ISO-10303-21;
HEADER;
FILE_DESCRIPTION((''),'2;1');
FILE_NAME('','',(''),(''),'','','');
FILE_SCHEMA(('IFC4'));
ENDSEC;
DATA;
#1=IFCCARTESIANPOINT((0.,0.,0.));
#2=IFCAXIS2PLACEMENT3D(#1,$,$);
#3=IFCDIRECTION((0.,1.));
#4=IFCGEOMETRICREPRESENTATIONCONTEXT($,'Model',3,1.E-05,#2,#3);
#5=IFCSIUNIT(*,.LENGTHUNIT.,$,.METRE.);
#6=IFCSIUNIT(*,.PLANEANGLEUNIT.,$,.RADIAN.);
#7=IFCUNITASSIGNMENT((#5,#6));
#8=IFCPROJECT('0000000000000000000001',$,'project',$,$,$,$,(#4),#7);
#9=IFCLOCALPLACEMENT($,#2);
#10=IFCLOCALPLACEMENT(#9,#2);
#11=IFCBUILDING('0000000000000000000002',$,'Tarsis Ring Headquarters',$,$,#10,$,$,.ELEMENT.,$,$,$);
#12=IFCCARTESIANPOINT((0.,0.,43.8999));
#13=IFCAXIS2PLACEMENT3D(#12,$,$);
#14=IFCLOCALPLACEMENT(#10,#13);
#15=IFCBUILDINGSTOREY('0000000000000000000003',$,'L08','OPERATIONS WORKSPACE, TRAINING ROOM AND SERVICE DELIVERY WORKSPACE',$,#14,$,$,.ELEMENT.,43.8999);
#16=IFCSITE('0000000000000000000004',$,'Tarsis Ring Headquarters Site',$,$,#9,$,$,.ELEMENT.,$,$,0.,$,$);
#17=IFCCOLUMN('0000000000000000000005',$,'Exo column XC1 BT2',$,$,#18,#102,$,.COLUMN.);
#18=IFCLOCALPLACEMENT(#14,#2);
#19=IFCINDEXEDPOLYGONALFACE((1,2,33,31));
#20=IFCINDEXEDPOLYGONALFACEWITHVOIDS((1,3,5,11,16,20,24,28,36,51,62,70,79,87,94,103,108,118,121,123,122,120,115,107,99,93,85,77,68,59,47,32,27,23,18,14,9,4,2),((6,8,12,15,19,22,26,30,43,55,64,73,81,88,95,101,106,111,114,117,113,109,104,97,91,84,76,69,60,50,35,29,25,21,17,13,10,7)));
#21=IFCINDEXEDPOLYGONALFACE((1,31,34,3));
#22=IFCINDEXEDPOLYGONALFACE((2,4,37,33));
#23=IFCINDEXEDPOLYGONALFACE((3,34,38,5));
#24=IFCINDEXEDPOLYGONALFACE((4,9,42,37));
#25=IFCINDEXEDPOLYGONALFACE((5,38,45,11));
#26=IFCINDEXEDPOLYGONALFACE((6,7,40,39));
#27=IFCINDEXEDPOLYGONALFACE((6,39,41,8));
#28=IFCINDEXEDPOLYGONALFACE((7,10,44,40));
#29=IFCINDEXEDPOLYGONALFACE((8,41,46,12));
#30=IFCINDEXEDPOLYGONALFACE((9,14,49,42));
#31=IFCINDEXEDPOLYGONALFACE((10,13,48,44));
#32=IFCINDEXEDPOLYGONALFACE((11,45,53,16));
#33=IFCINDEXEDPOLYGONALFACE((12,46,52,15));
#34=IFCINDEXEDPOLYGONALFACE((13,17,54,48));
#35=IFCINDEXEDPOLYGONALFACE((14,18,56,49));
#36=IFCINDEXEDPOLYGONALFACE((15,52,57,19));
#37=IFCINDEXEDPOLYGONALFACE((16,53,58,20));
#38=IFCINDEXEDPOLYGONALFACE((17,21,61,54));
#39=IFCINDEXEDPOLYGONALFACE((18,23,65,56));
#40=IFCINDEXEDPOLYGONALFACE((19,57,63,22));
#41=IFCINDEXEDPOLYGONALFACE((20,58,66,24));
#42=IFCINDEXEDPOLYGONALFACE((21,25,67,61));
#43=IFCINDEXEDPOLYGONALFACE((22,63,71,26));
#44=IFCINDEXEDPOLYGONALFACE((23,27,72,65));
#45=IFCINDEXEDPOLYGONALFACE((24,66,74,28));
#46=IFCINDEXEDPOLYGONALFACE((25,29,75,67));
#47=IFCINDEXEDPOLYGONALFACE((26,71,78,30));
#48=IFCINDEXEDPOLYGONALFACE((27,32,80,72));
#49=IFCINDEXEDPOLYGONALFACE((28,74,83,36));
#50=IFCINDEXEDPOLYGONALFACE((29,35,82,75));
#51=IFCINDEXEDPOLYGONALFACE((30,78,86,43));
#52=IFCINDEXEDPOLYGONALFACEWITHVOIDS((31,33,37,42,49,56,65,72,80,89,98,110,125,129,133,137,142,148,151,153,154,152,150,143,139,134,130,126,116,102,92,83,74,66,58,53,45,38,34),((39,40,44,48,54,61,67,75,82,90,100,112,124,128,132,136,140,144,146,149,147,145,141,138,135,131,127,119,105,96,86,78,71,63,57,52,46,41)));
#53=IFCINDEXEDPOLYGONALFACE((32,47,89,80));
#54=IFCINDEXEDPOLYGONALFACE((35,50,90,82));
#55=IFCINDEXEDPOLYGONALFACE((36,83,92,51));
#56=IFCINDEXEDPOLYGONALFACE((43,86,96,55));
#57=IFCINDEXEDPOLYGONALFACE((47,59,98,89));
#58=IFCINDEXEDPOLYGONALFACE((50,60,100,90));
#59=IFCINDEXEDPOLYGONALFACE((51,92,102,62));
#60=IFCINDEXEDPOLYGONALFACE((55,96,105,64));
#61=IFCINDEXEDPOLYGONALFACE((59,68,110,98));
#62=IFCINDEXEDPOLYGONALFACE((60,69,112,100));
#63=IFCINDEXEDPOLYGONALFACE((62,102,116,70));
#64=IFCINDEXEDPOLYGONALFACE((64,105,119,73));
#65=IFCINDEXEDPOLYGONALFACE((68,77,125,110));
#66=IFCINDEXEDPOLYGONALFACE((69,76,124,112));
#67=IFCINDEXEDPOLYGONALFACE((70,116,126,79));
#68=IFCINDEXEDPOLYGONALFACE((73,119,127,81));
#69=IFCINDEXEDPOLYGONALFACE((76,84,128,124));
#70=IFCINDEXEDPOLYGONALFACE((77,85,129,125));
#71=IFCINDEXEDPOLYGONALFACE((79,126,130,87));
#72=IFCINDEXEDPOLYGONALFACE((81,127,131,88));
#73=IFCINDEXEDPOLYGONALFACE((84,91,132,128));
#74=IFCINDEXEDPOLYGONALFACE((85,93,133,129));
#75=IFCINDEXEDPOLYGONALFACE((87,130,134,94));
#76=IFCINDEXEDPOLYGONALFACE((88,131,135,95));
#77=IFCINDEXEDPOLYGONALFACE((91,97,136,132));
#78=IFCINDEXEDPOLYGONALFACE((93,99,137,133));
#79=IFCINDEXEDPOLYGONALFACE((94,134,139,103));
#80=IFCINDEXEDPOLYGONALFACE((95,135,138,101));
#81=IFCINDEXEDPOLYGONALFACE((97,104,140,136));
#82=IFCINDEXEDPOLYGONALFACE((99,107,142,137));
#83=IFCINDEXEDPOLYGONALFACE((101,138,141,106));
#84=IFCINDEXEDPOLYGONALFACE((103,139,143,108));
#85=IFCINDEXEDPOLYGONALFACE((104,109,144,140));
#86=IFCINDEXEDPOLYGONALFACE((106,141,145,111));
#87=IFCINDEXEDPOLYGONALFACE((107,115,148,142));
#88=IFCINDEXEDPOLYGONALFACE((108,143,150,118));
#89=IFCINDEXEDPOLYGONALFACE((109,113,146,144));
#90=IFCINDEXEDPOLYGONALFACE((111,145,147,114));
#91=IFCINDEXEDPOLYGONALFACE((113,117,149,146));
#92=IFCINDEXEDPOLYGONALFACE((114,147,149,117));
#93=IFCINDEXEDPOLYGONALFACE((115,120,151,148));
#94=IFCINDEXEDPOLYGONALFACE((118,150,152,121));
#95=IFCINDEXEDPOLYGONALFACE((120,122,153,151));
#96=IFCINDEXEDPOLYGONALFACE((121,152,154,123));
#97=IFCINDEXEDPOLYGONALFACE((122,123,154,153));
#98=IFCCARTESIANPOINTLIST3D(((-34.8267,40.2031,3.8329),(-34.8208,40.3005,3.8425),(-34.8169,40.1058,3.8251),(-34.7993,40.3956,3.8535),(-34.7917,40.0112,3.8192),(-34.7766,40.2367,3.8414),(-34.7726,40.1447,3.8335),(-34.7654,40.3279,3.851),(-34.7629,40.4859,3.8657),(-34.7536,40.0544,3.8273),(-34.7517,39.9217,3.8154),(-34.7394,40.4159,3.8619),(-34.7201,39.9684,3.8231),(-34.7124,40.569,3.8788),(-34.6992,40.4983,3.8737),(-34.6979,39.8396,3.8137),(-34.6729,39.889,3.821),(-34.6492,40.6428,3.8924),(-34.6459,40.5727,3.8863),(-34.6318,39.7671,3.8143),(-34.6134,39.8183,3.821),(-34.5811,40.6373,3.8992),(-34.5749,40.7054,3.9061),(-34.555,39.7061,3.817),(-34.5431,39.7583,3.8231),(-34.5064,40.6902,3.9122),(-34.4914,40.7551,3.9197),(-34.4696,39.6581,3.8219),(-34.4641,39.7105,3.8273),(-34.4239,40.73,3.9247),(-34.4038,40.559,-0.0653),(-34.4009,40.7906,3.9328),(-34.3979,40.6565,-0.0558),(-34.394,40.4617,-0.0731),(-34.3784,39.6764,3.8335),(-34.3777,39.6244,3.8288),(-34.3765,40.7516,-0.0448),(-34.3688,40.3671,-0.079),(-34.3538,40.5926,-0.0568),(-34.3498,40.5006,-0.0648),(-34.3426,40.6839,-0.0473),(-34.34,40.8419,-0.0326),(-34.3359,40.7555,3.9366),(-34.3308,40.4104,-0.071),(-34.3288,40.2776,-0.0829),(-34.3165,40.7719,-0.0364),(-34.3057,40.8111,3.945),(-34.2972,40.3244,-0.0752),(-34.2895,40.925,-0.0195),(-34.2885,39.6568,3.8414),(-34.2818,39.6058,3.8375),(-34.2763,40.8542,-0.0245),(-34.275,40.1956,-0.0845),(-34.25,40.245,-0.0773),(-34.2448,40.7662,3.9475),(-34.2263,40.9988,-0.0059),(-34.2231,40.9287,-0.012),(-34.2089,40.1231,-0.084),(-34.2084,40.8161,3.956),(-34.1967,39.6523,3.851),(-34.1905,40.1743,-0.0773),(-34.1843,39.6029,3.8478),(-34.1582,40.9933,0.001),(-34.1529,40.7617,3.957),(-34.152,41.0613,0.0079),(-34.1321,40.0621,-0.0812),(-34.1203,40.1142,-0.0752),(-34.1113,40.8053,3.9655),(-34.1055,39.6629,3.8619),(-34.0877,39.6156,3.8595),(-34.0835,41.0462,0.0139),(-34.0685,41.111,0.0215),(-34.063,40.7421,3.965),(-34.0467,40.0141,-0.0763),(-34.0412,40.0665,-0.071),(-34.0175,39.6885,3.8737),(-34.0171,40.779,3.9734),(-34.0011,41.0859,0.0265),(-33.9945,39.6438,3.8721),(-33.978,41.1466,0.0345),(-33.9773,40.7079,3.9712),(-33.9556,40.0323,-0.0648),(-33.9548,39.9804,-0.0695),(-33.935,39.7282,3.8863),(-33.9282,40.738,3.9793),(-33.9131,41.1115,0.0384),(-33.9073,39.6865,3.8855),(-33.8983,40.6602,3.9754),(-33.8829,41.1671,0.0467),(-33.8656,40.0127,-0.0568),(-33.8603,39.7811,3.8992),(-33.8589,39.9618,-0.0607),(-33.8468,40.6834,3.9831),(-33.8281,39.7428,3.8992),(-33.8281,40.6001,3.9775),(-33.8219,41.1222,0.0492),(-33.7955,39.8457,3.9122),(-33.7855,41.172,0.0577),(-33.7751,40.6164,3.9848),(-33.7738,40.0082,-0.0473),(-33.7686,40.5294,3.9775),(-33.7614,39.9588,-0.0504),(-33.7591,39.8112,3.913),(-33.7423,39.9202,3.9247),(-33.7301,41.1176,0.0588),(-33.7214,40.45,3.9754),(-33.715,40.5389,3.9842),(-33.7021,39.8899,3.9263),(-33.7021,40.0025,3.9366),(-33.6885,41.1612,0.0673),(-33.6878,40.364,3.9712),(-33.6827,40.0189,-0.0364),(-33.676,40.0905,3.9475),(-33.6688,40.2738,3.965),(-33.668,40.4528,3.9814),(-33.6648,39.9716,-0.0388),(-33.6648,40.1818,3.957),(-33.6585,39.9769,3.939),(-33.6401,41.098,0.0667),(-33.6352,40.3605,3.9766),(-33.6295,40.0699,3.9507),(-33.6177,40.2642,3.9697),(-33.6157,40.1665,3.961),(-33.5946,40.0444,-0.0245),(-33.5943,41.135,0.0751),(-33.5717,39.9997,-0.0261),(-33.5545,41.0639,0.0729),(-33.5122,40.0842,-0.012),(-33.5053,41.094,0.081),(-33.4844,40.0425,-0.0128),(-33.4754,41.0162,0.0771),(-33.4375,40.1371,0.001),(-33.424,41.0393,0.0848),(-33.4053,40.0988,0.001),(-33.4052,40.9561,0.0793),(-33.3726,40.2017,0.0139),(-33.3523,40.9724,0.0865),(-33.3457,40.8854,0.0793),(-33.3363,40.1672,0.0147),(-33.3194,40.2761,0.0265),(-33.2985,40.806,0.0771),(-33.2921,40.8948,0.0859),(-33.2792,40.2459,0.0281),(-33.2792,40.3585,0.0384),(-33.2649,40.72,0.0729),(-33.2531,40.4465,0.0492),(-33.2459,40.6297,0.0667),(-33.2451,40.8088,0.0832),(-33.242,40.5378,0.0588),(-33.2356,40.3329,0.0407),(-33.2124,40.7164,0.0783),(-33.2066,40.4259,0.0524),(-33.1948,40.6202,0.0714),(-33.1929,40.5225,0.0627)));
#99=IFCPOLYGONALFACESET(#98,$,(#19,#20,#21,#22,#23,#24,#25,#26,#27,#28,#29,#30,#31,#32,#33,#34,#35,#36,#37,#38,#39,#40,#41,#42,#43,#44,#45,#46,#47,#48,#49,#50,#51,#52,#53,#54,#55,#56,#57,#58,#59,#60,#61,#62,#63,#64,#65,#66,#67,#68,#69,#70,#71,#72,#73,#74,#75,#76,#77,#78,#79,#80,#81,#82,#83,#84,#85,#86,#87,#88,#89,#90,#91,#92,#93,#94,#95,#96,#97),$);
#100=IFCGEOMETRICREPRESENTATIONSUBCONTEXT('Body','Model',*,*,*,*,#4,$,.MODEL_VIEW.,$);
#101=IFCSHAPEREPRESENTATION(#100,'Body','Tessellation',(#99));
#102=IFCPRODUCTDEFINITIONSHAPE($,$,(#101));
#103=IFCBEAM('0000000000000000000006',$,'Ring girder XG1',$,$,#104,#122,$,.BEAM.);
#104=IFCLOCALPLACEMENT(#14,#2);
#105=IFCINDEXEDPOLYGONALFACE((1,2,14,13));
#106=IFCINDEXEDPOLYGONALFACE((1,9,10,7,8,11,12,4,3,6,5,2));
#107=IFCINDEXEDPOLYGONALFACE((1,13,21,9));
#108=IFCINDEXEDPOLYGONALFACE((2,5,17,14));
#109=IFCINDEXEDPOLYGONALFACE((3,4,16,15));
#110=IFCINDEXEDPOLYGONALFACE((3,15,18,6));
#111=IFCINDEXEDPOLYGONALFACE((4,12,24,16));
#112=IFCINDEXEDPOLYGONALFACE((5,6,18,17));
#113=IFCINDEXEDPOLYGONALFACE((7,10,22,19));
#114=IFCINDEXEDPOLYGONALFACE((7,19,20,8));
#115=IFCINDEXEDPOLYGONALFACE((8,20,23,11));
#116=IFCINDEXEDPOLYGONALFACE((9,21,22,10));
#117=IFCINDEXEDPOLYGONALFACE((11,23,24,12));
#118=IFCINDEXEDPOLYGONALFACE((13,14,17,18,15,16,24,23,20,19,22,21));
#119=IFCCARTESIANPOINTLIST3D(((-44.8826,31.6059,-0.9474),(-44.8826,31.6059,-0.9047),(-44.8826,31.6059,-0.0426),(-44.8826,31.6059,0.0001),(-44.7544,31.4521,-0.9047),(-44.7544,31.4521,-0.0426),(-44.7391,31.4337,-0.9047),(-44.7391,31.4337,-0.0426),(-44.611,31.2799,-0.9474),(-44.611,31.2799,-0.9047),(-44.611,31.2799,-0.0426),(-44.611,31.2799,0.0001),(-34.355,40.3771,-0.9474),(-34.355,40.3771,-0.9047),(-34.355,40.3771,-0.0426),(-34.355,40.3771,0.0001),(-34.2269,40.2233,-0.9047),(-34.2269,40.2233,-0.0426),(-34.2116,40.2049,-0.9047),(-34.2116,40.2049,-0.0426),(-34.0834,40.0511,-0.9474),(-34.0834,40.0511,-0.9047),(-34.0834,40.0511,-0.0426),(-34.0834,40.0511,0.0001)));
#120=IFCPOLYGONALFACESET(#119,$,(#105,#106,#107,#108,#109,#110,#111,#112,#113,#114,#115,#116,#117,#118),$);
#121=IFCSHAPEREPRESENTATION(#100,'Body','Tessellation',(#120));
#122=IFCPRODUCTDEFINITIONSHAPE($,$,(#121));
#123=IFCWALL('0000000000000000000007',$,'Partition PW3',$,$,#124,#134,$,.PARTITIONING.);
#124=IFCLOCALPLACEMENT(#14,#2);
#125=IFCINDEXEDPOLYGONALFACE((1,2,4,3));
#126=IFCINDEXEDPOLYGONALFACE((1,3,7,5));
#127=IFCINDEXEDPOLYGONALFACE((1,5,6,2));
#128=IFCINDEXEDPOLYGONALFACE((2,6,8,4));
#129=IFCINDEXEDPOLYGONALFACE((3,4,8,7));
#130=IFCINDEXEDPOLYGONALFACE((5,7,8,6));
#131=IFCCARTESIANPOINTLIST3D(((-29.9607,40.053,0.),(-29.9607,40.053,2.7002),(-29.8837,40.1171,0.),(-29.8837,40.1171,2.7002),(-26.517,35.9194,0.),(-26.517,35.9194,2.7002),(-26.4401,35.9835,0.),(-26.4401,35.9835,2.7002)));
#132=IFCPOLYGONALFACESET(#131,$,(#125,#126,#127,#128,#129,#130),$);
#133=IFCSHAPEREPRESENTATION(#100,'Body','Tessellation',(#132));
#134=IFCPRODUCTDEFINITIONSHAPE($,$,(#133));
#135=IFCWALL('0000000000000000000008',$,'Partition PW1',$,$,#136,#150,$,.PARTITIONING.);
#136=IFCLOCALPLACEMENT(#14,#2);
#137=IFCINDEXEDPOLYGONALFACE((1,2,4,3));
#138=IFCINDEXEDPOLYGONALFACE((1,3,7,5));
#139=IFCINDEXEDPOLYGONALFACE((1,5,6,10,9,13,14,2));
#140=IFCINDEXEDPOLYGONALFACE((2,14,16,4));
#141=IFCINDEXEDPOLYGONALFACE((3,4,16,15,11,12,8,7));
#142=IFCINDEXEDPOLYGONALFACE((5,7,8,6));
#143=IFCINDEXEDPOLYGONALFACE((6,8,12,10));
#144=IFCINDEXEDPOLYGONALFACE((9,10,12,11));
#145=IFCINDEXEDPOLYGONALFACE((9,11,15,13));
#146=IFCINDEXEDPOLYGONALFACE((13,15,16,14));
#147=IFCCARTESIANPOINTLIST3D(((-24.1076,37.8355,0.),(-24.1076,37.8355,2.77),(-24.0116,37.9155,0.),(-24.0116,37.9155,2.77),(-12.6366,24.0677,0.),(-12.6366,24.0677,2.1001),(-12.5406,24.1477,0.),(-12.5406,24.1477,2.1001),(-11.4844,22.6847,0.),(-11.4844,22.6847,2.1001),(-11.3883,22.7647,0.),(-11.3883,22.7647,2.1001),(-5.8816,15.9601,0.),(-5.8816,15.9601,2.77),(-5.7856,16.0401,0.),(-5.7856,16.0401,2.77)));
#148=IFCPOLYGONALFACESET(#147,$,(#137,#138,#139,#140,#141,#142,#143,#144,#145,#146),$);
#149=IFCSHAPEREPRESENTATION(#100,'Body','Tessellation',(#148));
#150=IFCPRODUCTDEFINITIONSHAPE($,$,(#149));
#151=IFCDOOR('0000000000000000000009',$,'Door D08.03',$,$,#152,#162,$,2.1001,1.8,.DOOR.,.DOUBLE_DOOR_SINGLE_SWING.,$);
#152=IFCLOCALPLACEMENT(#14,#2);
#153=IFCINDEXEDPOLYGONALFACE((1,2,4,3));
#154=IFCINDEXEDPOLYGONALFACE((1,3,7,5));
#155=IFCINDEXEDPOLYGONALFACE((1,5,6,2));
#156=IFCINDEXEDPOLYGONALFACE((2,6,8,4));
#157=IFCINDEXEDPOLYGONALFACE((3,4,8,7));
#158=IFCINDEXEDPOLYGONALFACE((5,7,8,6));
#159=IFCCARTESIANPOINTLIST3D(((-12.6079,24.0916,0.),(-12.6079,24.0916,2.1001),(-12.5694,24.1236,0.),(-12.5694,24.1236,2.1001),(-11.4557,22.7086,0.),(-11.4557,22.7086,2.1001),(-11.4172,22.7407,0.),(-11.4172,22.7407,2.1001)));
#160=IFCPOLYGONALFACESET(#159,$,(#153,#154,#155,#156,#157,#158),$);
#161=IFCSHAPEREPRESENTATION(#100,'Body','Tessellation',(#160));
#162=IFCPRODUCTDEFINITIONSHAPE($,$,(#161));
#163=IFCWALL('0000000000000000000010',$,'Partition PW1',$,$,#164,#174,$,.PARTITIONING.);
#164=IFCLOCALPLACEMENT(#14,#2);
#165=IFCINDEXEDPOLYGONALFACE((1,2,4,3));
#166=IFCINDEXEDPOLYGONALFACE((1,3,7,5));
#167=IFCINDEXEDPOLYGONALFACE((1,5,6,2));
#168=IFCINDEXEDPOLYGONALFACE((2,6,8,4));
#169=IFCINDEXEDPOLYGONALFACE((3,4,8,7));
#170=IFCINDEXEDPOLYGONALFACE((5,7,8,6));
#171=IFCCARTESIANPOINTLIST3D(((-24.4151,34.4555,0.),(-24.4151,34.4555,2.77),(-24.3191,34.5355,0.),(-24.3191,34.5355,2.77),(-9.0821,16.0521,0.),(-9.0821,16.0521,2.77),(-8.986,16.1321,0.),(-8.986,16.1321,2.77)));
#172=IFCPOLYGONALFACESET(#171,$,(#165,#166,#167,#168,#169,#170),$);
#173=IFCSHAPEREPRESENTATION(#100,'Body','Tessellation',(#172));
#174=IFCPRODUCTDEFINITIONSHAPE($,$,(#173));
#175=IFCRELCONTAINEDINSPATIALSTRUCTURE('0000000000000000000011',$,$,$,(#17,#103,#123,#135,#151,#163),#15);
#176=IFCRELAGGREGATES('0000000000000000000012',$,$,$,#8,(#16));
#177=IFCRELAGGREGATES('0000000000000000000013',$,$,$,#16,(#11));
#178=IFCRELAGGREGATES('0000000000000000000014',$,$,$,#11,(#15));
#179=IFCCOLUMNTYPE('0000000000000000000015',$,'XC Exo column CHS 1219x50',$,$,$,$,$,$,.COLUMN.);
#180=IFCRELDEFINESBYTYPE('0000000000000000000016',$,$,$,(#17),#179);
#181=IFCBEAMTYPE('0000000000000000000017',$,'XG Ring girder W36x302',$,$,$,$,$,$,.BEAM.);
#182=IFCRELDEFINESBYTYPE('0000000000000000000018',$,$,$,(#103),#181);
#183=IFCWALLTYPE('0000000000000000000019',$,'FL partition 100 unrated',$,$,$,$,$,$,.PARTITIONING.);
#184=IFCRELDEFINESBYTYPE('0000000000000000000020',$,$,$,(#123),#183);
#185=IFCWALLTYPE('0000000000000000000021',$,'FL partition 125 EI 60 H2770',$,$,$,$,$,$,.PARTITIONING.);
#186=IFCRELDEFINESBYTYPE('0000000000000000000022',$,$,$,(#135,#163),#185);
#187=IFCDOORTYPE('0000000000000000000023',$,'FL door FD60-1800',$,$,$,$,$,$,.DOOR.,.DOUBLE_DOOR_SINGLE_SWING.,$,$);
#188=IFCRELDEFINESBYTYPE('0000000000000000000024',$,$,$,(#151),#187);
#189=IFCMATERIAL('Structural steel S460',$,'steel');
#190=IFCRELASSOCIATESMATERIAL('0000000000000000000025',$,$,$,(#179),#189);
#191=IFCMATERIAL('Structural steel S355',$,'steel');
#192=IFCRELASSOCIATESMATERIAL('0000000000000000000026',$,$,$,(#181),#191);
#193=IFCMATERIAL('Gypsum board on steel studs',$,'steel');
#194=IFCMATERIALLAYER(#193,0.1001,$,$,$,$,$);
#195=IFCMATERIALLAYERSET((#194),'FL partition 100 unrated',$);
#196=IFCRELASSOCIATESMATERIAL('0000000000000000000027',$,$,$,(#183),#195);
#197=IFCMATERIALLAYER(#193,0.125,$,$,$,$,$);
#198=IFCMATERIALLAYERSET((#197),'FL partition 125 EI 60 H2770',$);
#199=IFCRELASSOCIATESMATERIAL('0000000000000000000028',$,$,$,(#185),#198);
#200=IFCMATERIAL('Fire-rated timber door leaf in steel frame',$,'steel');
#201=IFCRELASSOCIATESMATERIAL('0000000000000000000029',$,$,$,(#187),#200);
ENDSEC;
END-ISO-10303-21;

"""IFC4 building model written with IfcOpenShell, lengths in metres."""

from ifc_helpers import new_model, si_unit, direction, frame, frame_2d, origin, origin_2d, place, context, subcontext, project, spatial, rectangle, hollow_circle, i_section, extrude, material, layer, layer_set, material_profile, profile_set, type_object, element, fill, save


model = new_model("IFC4")

# Units and contexts
model_context = context("Model", 3, precision=1e-05, world=origin(), true_north=direction((0.0, 1.0)))
body_context = subcontext(model_context, "Body", "Model", "MODEL_VIEW")
ifc_project = project(units=[si_unit("LENGTHUNIT", "METRE"), si_unit("PLANEANGLEUNIT", "RADIAN")], contexts=[model_context])

# Site, building, storey
site_placement = place(None, origin())
site = spatial("IfcSite", under=ifc_project, at=site_placement, Name="Tarsis Ring Headquarters Site", CompositionType="ELEMENT", RefElevation=0.0)
building_placement = place(site_placement, origin())
building = spatial("IfcBuilding", under=site, at=building_placement, Name="Tarsis Ring Headquarters", CompositionType="ELEMENT")
storey_placement = place(building_placement, frame((0.0, 0.0, 43.8999)))
storey = spatial("IfcBuildingStorey", under=building, at=storey_placement, Name="L08", Description="OPERATIONS WORKSPACE, TRAINING ROOM AND SERVICE DELIVERY WORKSPACE", CompositionType="ELEMENT", Elevation=43.8999)

# Column
ifc_material_1 = material(Name="Structural steel S460", Category="steel")
ifc_material_profile_1 = material_profile(ifc_material_1, hollow_circle(Radius=0.6096, WallThickness=0.05, at=origin_2d()), Name="CHS 1219x50")
ifc_profile_set_1 = profile_set([ifc_material_profile_1], Name="Structural steel S460")
column_type = type_object("IfcColumnType", Name="XC Exo column CHS 1219x50", PredefinedType="COLUMN", material=ifc_profile_set_1)
column_placement = place(storey_placement, frame((-33.7979, 40.5652, 0.001), z_axis=(-0.107399, -0.090409, 0.990097), x_axis=(0.644, -0.765026, 0.0)))
element("IfcColumn", 1, at=column_placement, inside=storey, type_object=column_type, Name="Exo column XC1 BT2", PredefinedType="COLUMN", context=body_context, shape_type="SweptSolid", body=[
    extrude(hollow_circle(Radius=0.6096, WallThickness=0.05, at=origin_2d()), origin(), (0.0, 0.0, 1.0), 3.9373),
])

# Beam
ifc_material_2 = material(Name="Structural steel S355", Category="steel")
ifc_material_profile_2 = material_profile(ifc_material_2, i_section(OverallWidth=0.4243, OverallDepth=0.9475, WebThickness=0.0239, FlangeThickness=0.0427, at=origin_2d()), Name="W36x302")
ifc_profile_set_2 = profile_set([ifc_material_profile_2], Name="Structural steel S355")
beam_type = type_object("IfcBeamType", Name="XG Ring girder W36x302", PredefinedType="BEAM", material=ifc_profile_set_2)
beam_placement = place(storey_placement, frame((-34.2192, 40.2141, -0.4736), z_axis=(-0.768284, -0.640109, 0.0), x_axis=(0.640109, -0.768284, 0.0)))
element("IfcBeam", 2, at=beam_placement, inside=storey, type_object=beam_type, Name="Ring girder XG1", PredefinedType="BEAM", context=body_context, shape_type="SweptSolid", body=[
    extrude(i_section(OverallWidth=0.4243, OverallDepth=0.9475, WebThickness=0.0239, FlangeThickness=0.0427, at=origin_2d()), origin(), (0.0, 0.0, 1.0), 13.7026),
])

# Wall
ifc_material_3 = material(Name="Gypsum board on steel studs", Category="steel")
ifc_layer_1 = layer(ifc_material_3, 0.1001)
ifc_layer_set_1 = layer_set([ifc_layer_1], Name="FL partition 100 unrated")
wall_type_1 = type_object("IfcWallType", Name="FL partition 100 unrated", PredefinedType="PARTITIONING", material=ifc_layer_set_1)
wall_1_placement = place(storey_placement, frame((-29.9221, 40.085, 0.0), z_axis=(0.0, 0.0, 1.0), x_axis=(0.640073, -0.768314, 0.0)))
element("IfcWall", 3, at=wall_1_placement, inside=storey, type_object=wall_type_1, Name="Partition PW3", PredefinedType="PARTITIONING", context=body_context, shape_type="SweptSolid", body=[
    extrude(rectangle(XDim=5.3801, YDim=0.1001, at=frame_2d((2.6899, 0.0))), origin(), (0.0, 0.0, 1.0), 2.7002),
])

# Wall, opening, door
ifc_layer_2 = layer(ifc_material_3, 0.125)
ifc_layer_set_2 = layer_set([ifc_layer_2], Name="FL partition 125 EI 60 H2770")
wall_type_2 = type_object("IfcWallType", Name="FL partition 125 EI 60 H2770", PredefinedType="PARTITIONING", material=ifc_layer_set_2)
wall_2_placement = place(storey_placement, frame((-24.0596, 37.8755, 0.0), z_axis=(0.0, 0.0, 1.0), x_axis=(0.640112, -0.768282, 0.0)))
wall_2 = element("IfcWall", 4, at=wall_2_placement, inside=storey, type_object=wall_type_2, Name="Partition PW1", PredefinedType="PARTITIONING", context=body_context, shape_type="SweptSolid", body=[
    extrude(rectangle(XDim=28.4731, YDim=0.125, at=frame_2d((14.2366, 0.0))), origin(), (0.0, 0.0, 1.0), 2.77),
])
opening_1_placement = place(wall_2_placement, frame((17.9204, 0.0, 0.0)))
opening_1 = element("IfcOpeningElement", 5, at=opening_1_placement, cuts=wall_2, PredefinedType="OPENING", context=body_context, shape_type="SweptSolid", body=[
    extrude(rectangle(XDim=1.8, YDim=2.1001, at=frame_2d((0.8999, 1.05))), frame((0.0, 0.0725, 0.0), z_axis=(0.0, -1.0, 0.0), x_axis=(1.0, 0.0, 0.0)), (0.0, 0.0, 1.0), 0.145),
])
ifc_material_4 = material(Name="Fire-rated timber door leaf in steel frame", Category="steel")
door_type = type_object("IfcDoorType", Name="FL door FD60-1800", OperationType="DOUBLE_DOOR_SINGLE_SWING", PredefinedType="DOOR", material=ifc_material_4)
door_placement = place(opening_1_placement, origin())
door = element("IfcDoor", 6, at=door_placement, inside=storey, type_object=door_type, Name="Door D08.03", OperationType="DOUBLE_DOOR_SINGLE_SWING", OverallHeight=2.1001, OverallWidth=1.8, PredefinedType="DOOR", context=body_context, shape_type="SweptSolid", body=[
    extrude(rectangle(XDim=1.8, YDim=2.1001, at=frame_2d((0.8999, 1.05))), frame((0.0, 0.0249, 0.0), z_axis=(0.0, -1.0, 0.0), x_axis=(1.0, 0.0, 0.0)), (0.0, 0.0, 1.0), 0.05),
])
fill(opening_1, door)

# Wall
wall_3_placement = place(storey_placement, frame((-24.3672, 34.4956, 0.0), z_axis=(0.0, 0.0, 1.0), x_axis=(0.640108, -0.768285, 0.0)))
element("IfcWall", 7, at=wall_3_placement, inside=storey, type_object=wall_type_2, Name="Partition PW1", PredefinedType="PARTITIONING", context=body_context, shape_type="SweptSolid", body=[
    extrude(rectangle(XDim=23.9539, YDim=0.125, at=frame_2d((11.9771, 0.0))), origin(), (0.0, 0.0, 1.0), 2.77),
])

save(model, "model.ifc")
